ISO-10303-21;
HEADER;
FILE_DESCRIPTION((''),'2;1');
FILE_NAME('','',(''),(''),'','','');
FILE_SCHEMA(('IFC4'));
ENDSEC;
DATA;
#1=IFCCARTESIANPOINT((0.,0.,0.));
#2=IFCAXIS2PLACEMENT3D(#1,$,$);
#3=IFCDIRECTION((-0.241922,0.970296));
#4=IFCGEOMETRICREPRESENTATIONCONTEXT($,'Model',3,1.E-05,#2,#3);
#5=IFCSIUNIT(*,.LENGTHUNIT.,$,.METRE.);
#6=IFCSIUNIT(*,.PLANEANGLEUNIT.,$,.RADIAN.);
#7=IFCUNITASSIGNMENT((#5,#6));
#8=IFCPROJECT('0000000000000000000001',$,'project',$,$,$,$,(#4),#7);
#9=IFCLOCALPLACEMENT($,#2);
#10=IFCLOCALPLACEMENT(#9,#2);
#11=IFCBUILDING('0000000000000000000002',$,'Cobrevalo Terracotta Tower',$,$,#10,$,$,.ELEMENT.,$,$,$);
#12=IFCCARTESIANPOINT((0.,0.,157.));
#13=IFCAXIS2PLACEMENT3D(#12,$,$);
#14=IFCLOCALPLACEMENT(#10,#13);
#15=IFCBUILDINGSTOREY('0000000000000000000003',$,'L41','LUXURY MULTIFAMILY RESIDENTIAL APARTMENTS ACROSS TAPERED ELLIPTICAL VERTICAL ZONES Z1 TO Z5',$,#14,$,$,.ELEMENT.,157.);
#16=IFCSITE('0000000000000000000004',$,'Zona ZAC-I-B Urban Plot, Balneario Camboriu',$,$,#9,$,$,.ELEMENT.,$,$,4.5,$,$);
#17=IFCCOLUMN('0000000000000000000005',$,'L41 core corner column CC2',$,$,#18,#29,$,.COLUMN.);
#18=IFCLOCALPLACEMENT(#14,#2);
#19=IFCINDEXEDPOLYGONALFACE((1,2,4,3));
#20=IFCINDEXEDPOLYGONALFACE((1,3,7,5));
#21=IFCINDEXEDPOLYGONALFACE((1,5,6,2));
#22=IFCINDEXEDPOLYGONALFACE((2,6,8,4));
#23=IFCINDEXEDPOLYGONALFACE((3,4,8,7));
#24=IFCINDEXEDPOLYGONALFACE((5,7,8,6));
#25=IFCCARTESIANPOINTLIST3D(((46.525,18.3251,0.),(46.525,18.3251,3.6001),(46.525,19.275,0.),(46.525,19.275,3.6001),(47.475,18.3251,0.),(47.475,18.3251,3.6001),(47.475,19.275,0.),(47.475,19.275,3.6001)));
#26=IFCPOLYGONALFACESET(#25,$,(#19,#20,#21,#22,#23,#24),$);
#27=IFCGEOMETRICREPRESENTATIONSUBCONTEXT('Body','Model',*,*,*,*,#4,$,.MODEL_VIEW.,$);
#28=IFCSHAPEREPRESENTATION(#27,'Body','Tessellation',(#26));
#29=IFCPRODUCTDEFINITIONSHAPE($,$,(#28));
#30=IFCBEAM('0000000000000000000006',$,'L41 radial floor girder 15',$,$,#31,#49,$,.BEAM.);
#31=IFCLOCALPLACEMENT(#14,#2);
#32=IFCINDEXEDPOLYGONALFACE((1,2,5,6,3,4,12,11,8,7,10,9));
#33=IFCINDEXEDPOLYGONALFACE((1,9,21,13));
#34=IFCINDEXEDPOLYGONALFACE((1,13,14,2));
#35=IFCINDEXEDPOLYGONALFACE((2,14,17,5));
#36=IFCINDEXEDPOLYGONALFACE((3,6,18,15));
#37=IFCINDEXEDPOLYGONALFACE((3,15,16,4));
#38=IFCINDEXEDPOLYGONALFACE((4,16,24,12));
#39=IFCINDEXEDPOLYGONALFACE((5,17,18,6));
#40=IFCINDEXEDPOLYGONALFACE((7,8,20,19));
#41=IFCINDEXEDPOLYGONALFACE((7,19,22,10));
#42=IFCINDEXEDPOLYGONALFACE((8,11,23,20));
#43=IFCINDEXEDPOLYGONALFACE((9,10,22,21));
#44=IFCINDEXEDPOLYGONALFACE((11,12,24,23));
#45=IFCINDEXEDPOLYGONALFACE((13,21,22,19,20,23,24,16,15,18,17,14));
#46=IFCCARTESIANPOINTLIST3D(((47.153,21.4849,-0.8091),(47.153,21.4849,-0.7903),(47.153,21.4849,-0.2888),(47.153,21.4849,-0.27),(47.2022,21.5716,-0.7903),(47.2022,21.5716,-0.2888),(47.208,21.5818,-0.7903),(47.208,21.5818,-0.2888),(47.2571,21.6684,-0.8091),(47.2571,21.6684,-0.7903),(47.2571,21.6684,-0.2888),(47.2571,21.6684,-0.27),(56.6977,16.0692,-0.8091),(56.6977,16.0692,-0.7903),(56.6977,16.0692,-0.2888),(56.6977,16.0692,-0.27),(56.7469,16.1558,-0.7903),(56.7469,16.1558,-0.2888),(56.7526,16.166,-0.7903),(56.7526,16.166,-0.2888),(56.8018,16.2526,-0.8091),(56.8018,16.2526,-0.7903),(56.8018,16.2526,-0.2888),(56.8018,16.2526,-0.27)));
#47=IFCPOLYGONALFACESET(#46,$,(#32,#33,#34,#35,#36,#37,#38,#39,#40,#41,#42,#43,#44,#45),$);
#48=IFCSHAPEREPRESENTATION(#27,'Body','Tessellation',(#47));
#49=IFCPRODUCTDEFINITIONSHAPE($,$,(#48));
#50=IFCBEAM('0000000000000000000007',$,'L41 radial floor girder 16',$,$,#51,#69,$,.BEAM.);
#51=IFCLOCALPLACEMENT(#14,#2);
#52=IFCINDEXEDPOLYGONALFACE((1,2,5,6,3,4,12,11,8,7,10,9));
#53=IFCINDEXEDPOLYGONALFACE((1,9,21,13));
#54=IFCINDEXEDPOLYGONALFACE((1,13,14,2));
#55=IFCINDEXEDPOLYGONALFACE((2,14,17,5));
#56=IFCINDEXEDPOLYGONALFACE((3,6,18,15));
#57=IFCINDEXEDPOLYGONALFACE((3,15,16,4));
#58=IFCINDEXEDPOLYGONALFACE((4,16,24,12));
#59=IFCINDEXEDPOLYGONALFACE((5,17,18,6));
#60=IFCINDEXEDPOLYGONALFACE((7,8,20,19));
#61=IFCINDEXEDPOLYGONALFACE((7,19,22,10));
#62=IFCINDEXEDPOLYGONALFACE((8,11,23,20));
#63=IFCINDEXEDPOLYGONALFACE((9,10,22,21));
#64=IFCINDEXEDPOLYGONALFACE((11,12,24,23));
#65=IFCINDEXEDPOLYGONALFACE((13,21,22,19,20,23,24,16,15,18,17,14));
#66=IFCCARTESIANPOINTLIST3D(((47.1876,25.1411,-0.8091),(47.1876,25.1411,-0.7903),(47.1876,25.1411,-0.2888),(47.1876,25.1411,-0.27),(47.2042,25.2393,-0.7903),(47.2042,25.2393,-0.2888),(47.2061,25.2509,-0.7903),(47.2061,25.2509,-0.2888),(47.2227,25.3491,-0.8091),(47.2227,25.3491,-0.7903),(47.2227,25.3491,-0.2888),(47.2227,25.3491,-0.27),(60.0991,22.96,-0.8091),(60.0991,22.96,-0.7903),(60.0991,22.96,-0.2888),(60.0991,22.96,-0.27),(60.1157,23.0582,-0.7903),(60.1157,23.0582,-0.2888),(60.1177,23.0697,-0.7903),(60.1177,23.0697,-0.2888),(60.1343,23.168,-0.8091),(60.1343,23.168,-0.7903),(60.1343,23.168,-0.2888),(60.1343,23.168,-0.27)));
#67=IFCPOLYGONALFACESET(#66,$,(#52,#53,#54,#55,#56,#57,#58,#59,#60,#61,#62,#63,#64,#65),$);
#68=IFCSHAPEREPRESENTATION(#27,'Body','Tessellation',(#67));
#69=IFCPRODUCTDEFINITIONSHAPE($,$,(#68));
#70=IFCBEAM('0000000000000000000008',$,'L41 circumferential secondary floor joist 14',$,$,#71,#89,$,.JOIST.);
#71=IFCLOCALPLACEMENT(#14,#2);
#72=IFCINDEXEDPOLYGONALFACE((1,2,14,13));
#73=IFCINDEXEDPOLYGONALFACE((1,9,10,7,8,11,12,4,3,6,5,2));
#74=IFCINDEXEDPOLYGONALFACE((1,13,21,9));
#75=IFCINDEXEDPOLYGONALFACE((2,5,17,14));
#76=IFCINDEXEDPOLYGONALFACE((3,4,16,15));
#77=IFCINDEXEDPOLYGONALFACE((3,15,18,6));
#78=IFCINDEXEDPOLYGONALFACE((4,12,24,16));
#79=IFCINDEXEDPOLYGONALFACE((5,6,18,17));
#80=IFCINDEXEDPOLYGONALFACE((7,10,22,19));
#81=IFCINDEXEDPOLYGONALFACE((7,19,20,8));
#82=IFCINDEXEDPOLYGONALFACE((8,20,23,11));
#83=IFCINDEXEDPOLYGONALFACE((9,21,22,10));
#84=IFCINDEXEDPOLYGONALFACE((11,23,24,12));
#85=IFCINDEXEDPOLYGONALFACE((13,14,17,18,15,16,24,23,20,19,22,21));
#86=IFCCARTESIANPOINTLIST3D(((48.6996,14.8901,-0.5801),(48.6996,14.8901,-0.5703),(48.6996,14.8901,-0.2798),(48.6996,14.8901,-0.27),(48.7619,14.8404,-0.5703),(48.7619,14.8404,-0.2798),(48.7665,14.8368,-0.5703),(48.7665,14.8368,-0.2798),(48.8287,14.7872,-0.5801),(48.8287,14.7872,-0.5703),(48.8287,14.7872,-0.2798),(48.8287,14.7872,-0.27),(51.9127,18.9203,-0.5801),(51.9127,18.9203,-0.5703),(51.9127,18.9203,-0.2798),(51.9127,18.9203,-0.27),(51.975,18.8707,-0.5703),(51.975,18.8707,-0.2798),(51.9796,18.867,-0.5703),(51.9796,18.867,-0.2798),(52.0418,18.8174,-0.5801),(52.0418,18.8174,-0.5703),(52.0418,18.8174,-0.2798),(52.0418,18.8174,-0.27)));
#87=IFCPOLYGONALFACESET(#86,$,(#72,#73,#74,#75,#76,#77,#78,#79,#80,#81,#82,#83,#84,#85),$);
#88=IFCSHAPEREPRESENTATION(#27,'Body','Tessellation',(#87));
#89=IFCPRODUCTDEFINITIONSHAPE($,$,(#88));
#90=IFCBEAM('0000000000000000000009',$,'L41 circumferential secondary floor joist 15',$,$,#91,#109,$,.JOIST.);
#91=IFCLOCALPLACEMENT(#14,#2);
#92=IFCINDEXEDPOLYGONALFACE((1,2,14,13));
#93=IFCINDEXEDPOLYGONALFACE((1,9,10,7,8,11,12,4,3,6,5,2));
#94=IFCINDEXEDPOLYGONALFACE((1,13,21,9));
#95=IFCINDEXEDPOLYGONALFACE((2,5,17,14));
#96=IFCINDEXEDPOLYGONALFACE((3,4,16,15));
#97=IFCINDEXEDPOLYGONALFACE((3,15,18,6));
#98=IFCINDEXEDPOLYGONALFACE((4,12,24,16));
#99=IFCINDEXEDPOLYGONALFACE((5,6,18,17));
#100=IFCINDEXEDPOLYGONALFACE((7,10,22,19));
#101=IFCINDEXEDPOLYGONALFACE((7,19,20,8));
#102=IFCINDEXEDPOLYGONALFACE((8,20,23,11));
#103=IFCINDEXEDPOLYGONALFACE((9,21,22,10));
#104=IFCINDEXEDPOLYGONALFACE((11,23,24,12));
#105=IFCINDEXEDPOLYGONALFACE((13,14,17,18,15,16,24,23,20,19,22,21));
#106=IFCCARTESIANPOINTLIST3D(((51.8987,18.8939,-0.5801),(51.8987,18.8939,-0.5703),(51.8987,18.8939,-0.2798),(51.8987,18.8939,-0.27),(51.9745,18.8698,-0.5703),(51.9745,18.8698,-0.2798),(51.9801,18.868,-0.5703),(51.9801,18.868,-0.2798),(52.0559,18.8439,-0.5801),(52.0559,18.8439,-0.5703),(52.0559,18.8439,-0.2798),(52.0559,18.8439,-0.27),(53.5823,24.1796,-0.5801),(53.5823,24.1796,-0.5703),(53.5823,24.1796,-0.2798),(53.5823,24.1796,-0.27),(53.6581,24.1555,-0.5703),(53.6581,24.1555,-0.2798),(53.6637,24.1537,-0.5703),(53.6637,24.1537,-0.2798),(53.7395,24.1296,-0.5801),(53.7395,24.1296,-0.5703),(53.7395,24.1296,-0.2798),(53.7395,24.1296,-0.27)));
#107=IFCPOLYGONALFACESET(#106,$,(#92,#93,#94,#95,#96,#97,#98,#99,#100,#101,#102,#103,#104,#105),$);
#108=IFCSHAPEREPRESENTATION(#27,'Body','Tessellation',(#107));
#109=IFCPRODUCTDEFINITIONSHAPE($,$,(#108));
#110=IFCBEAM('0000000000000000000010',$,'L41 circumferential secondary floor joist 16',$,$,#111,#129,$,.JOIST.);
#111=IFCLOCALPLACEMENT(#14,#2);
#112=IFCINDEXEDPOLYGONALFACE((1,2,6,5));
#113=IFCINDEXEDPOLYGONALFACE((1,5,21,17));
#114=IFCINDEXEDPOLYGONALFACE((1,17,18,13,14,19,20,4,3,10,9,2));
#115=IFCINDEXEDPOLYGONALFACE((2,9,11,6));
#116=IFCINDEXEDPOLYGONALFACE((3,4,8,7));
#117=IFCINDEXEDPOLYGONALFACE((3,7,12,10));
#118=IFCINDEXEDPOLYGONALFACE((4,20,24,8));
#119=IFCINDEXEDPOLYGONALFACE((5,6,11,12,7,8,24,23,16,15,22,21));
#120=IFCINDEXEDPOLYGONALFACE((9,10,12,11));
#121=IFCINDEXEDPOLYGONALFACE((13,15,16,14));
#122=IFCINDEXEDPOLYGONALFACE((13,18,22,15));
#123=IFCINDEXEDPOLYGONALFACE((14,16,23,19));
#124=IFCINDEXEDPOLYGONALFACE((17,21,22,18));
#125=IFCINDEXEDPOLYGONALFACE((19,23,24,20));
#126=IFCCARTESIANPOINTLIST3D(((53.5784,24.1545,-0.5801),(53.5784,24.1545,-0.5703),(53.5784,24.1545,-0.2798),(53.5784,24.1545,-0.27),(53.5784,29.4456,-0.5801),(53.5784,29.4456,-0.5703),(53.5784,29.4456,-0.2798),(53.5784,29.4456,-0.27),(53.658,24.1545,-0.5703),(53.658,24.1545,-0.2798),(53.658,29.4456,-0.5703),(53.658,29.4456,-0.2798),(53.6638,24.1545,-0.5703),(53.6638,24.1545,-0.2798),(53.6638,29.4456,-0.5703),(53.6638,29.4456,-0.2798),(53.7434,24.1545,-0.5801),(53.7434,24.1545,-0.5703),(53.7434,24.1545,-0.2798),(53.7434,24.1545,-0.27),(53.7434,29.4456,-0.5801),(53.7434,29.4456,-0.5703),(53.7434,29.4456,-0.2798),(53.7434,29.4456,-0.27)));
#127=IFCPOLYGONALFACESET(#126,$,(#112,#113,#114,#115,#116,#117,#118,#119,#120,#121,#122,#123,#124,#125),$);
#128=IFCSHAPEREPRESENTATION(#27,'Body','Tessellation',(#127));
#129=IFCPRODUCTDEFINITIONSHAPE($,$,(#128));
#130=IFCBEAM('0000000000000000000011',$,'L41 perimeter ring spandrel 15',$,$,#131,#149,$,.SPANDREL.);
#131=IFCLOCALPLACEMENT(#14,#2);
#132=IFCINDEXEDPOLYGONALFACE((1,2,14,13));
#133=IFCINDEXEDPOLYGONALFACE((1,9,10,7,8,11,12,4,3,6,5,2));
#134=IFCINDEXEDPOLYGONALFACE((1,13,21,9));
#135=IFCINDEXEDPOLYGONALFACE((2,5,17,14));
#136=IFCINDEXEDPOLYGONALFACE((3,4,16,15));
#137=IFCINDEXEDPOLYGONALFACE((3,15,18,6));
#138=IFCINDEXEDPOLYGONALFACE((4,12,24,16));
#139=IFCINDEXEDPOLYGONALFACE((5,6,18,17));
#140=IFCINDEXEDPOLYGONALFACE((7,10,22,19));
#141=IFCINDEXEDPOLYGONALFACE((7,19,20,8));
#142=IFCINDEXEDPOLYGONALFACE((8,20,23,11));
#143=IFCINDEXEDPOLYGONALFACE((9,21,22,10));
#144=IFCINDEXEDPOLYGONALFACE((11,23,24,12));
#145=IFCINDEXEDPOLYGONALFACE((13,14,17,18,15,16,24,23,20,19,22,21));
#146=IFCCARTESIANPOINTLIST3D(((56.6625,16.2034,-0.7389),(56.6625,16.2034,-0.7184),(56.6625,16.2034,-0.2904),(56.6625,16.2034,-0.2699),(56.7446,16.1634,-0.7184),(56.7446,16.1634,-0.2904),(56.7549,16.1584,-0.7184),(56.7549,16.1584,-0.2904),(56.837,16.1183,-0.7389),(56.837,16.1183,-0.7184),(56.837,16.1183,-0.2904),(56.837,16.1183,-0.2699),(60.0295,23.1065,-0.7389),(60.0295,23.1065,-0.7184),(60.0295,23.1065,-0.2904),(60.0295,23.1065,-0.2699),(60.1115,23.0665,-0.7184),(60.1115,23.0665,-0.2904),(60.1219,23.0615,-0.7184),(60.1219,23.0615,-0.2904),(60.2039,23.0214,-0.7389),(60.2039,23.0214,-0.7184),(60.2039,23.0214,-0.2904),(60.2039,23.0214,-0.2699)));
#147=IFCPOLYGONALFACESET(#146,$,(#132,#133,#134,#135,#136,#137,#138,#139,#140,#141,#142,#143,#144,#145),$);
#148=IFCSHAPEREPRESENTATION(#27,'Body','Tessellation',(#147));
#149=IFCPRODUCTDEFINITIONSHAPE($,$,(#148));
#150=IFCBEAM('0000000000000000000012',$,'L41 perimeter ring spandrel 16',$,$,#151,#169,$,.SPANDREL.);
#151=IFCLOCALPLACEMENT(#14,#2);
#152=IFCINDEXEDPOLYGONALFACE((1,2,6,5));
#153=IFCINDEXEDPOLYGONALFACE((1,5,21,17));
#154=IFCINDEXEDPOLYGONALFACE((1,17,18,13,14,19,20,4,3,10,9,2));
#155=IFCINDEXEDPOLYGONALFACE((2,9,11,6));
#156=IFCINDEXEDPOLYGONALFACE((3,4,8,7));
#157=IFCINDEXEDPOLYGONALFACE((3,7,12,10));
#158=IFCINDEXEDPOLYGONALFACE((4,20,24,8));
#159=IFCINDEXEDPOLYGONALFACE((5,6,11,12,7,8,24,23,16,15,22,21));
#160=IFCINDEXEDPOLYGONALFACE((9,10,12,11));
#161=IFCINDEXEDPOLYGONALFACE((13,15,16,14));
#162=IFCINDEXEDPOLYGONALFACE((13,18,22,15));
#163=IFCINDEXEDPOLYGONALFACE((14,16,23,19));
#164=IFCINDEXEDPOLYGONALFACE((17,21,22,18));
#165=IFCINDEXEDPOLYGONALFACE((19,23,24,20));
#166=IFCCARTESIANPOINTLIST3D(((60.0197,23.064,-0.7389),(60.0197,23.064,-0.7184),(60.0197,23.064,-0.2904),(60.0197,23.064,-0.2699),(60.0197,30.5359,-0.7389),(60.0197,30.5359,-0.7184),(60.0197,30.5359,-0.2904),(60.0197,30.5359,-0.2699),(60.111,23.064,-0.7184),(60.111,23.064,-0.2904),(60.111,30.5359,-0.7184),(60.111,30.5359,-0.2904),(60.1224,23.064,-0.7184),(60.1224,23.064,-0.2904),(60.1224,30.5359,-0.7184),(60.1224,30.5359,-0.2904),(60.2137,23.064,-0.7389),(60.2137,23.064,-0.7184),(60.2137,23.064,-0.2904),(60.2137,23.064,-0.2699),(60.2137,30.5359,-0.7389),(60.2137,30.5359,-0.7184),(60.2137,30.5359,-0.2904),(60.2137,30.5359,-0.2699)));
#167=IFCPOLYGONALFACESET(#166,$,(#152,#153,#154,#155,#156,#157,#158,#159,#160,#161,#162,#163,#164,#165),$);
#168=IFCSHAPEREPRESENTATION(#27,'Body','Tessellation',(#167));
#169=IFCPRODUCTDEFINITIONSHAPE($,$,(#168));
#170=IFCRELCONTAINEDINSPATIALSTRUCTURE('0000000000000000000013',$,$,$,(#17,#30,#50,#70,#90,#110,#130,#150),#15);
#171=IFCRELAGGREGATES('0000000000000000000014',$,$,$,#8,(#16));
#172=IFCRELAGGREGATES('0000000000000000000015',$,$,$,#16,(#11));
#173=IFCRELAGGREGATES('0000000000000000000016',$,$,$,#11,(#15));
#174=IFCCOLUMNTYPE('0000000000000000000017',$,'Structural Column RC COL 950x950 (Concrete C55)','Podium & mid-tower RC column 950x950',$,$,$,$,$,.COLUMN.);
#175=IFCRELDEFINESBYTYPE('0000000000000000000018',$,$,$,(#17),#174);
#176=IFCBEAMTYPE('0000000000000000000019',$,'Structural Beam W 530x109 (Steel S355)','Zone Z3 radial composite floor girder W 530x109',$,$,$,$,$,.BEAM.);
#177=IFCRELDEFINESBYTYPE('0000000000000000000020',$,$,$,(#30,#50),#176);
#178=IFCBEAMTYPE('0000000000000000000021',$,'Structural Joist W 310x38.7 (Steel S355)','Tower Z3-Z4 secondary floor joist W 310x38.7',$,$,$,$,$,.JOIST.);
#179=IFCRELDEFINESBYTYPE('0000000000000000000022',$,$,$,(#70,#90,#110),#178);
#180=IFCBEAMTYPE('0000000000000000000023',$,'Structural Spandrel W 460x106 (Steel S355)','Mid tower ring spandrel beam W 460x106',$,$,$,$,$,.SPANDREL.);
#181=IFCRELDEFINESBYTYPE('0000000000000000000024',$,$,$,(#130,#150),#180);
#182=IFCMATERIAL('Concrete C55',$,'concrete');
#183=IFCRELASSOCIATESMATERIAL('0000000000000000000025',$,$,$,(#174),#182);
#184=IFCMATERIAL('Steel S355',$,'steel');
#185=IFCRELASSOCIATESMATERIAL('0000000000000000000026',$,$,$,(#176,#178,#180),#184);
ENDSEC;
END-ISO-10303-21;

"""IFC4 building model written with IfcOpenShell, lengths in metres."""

from ifc_helpers import new_model, si_unit, direction, frame, origin, origin_2d, place, context, subcontext, project, spatial, rectangle, i_section, extrude, material, material_profile, profile_set, type_object, element, save


model = new_model("IFC4")

# Units and contexts
model_context = context("Model", 3, precision=1e-05, world=origin(), true_north=direction((-0.241922, 0.970296)))
body_context = subcontext(model_context, "Body", "Model", "MODEL_VIEW")
ifc_project = project(units=[si_unit("LENGTHUNIT", "METRE"), si_unit("PLANEANGLEUNIT", "RADIAN")], contexts=[model_context])

# Site, building, storey
site_placement = place(None, origin())
site = spatial("IfcSite", under=ifc_project, at=site_placement, Name="Zona ZAC-I-B Urban Plot, Balneario Camboriu", CompositionType="ELEMENT", RefElevation=4.5)
building_placement = place(site_placement, origin())
building = spatial("IfcBuilding", under=site, at=building_placement, Name="Cobrevalo Terracotta Tower", CompositionType="ELEMENT")
storey_placement = place(building_placement, frame((0.0, 0.0, 157.0)))
storey = spatial("IfcBuildingStorey", under=building, at=storey_placement, Name="L41", Description="LUXURY MULTIFAMILY RESIDENTIAL APARTMENTS ACROSS TAPERED ELLIPTICAL VERTICAL ZONES Z1 TO Z5", CompositionType="ELEMENT", Elevation=157.0)

# Column
ifc_material_1 = material(Name="Steel S355", Category="steel")
ifc_material_2 = material(Name="Concrete C55", Category="concrete")
ifc_material_profile_1 = material_profile(ifc_material_2, rectangle(XDim=0.95, YDim=0.95, at=origin_2d()), Name="RC COL 950x950")
ifc_profile_set_1 = profile_set([ifc_material_profile_1], Name="Concrete C55")
column_type_1 = type_object("IfcColumnType", Name="Structural Column RC COL 950x950 (Concrete C55)", Description="Podium & mid-tower RC column 950x950", PredefinedType="COLUMN", material=ifc_profile_set_1)
column_placement = place(storey_placement, frame((47.0, 18.8, 0.0), z_axis=(0.0, 0.0, 1.0), x_axis=(1.0, 0.0, 0.0)))
element("IfcColumn", 1, at=column_placement, inside=storey, type_object=column_type_1, Name="L41 core corner column CC2", PredefinedType="COLUMN", context=body_context, shape_type="SweptSolid", body=[
    extrude(rectangle(XDim=0.95, YDim=0.95, at=origin_2d()), origin(), (0.0, 0.0, 1.0), 3.6001),
])

# Beams
ifc_material_profile_2 = material_profile(ifc_material_1, i_section(OverallWidth=0.2109, OverallDepth=0.5391, WebThickness=0.0117, FlangeThickness=0.0188, at=origin_2d()), Name="W 530x109")
ifc_profile_set_2 = profile_set([ifc_material_profile_2], Name="Steel S355")
beam_type_1 = type_object("IfcBeamType", Name="Structural Beam W 530x109 (Steel S355)", Description="Zone Z3 radial composite floor girder W 530x109", PredefinedType="BEAM", material=ifc_profile_set_2)
beam_1_placement = place(storey_placement, frame((56.7498, 16.1609, -0.5396), z_axis=(-0.869744, 0.493504, 0.0), x_axis=(-0.493504, -0.869744, 0.0)))
element("IfcBeam", 2, at=beam_1_placement, inside=storey, type_object=beam_type_1, Name="L41 radial floor girder 15", PredefinedType="BEAM", context=body_context, shape_type="SweptSolid", body=[
    extrude(i_section(OverallWidth=0.2109, OverallDepth=0.5391, WebThickness=0.0117, FlangeThickness=0.0188, at=origin_2d()), origin(), (0.0, 0.0, 1.0), 10.9741),
])
beam_2_placement = place(storey_placement, frame((60.1167, 23.064, -0.5396), z_axis=(-0.98603, 0.166569, 0.0), x_axis=(-0.166569, -0.98603, 0.0)))
element("IfcBeam", 3, at=beam_2_placement, inside=storey, type_object=beam_type_1, Name="L41 radial floor girder 16", PredefinedType="BEAM", context=body_context, shape_type="SweptSolid", body=[
    extrude(i_section(OverallWidth=0.2109, OverallDepth=0.5391, WebThickness=0.0117, FlangeThickness=0.0188, at=origin_2d()), origin(), (0.0, 0.0, 1.0), 13.0945),
])
ifc_material_profile_3 = material_profile(ifc_material_1, i_section(OverallWidth=0.165, OverallDepth=0.3101, WebThickness=0.0059, FlangeThickness=0.0098, at=origin_2d()), Name="W 310x38.7")
ifc_profile_set_3 = profile_set([ifc_material_profile_3], Name="Steel S355")
beam_type_2 = type_object("IfcBeamType", Name="Structural Joist W 310x38.7 (Steel S355)", Description="Tower Z3-Z4 secondary floor joist W 310x38.7", PredefinedType="JOIST", material=ifc_profile_set_3)
beam_3_placement = place(storey_placement, frame((48.7642, 14.8386, -0.425), z_axis=(0.623383, 0.781917, 0.0), x_axis=(-0.781917, 0.623383, 0.0)))
element("IfcBeam", 4, at=beam_3_placement, inside=storey, type_object=beam_type_2, Name="L41 circumferential secondary floor joist 14", PredefinedType="JOIST", context=body_context, shape_type="SweptSolid", body=[
    extrude(i_section(OverallWidth=0.165, OverallDepth=0.3101, WebThickness=0.0059, FlangeThickness=0.0098, at=origin_2d()), origin(), (0.0, 0.0, 1.0), 5.1543),
])
beam_4_placement = place(storey_placement, frame((51.9773, 18.8689, -0.425), z_axis=(0.303498, 0.952832, 0.0), x_axis=(-0.952832, 0.303498, 0.0)))
element("IfcBeam", 5, at=beam_4_placement, inside=storey, type_object=beam_type_2, Name="L41 circumferential secondary floor joist 15", PredefinedType="JOIST", context=body_context, shape_type="SweptSolid", body=[
    extrude(i_section(OverallWidth=0.165, OverallDepth=0.3101, WebThickness=0.0059, FlangeThickness=0.0098, at=origin_2d()), origin(), (0.0, 0.0, 1.0), 5.5474),
])
beam_5_placement = place(storey_placement, frame((53.6609, 24.1545, -0.425), z_axis=(0.0, 1.0, 0.0), x_axis=(-1.0, 0.0, 0.0)))
element("IfcBeam", 6, at=beam_5_placement, inside=storey, type_object=beam_type_2, Name="L41 circumferential secondary floor joist 16", PredefinedType="JOIST", context=body_context, shape_type="SweptSolid", body=[
    extrude(i_section(OverallWidth=0.165, OverallDepth=0.3101, WebThickness=0.0059, FlangeThickness=0.0098, at=origin_2d()), origin(), (0.0, 0.0, 1.0), 5.291),
])
ifc_material_profile_4 = material_profile(ifc_material_1, i_section(OverallWidth=0.1941, OverallDepth=0.469, WebThickness=0.0115, FlangeThickness=0.0205, at=origin_2d()), Name="W 460x106")
ifc_profile_set_4 = profile_set([ifc_material_profile_4], Name="Steel S355")
beam_type_3 = type_object("IfcBeamType", Name="Structural Spandrel W 460x106 (Steel S355)", Description="Mid tower ring spandrel beam W 460x106", PredefinedType="SPANDREL", material=ifc_profile_set_4)
beam_6_placement = place(storey_placement, frame((56.7498, 16.1609, -0.5044), z_axis=(0.43838, 0.89879, 0.0), x_axis=(-0.89879, 0.43838, 0.0)))
element("IfcBeam", 7, at=beam_6_placement, inside=storey, type_object=beam_type_3, Name="L41 perimeter ring spandrel 15", PredefinedType="SPANDREL", context=body_context, shape_type="SweptSolid", body=[
    extrude(i_section(OverallWidth=0.1941, OverallDepth=0.469, WebThickness=0.0115, FlangeThickness=0.0205, at=origin_2d()), origin(), (0.0, 0.0, 1.0), 7.6804),
])
beam_7_placement = place(storey_placement, frame((60.1167, 23.064, -0.5044), z_axis=(0.0, 1.0, 0.0), x_axis=(-1.0, 0.0, 0.0)))
element("IfcBeam", 8, at=beam_7_placement, inside=storey, type_object=beam_type_3, Name="L41 perimeter ring spandrel 16", PredefinedType="SPANDREL", context=body_context, shape_type="SweptSolid", body=[
    extrude(i_section(OverallWidth=0.1941, OverallDepth=0.469, WebThickness=0.0115, FlangeThickness=0.0205, at=origin_2d()), origin(), (0.0, 0.0, 1.0), 7.4719),
])

save(model, "model.ifc")
